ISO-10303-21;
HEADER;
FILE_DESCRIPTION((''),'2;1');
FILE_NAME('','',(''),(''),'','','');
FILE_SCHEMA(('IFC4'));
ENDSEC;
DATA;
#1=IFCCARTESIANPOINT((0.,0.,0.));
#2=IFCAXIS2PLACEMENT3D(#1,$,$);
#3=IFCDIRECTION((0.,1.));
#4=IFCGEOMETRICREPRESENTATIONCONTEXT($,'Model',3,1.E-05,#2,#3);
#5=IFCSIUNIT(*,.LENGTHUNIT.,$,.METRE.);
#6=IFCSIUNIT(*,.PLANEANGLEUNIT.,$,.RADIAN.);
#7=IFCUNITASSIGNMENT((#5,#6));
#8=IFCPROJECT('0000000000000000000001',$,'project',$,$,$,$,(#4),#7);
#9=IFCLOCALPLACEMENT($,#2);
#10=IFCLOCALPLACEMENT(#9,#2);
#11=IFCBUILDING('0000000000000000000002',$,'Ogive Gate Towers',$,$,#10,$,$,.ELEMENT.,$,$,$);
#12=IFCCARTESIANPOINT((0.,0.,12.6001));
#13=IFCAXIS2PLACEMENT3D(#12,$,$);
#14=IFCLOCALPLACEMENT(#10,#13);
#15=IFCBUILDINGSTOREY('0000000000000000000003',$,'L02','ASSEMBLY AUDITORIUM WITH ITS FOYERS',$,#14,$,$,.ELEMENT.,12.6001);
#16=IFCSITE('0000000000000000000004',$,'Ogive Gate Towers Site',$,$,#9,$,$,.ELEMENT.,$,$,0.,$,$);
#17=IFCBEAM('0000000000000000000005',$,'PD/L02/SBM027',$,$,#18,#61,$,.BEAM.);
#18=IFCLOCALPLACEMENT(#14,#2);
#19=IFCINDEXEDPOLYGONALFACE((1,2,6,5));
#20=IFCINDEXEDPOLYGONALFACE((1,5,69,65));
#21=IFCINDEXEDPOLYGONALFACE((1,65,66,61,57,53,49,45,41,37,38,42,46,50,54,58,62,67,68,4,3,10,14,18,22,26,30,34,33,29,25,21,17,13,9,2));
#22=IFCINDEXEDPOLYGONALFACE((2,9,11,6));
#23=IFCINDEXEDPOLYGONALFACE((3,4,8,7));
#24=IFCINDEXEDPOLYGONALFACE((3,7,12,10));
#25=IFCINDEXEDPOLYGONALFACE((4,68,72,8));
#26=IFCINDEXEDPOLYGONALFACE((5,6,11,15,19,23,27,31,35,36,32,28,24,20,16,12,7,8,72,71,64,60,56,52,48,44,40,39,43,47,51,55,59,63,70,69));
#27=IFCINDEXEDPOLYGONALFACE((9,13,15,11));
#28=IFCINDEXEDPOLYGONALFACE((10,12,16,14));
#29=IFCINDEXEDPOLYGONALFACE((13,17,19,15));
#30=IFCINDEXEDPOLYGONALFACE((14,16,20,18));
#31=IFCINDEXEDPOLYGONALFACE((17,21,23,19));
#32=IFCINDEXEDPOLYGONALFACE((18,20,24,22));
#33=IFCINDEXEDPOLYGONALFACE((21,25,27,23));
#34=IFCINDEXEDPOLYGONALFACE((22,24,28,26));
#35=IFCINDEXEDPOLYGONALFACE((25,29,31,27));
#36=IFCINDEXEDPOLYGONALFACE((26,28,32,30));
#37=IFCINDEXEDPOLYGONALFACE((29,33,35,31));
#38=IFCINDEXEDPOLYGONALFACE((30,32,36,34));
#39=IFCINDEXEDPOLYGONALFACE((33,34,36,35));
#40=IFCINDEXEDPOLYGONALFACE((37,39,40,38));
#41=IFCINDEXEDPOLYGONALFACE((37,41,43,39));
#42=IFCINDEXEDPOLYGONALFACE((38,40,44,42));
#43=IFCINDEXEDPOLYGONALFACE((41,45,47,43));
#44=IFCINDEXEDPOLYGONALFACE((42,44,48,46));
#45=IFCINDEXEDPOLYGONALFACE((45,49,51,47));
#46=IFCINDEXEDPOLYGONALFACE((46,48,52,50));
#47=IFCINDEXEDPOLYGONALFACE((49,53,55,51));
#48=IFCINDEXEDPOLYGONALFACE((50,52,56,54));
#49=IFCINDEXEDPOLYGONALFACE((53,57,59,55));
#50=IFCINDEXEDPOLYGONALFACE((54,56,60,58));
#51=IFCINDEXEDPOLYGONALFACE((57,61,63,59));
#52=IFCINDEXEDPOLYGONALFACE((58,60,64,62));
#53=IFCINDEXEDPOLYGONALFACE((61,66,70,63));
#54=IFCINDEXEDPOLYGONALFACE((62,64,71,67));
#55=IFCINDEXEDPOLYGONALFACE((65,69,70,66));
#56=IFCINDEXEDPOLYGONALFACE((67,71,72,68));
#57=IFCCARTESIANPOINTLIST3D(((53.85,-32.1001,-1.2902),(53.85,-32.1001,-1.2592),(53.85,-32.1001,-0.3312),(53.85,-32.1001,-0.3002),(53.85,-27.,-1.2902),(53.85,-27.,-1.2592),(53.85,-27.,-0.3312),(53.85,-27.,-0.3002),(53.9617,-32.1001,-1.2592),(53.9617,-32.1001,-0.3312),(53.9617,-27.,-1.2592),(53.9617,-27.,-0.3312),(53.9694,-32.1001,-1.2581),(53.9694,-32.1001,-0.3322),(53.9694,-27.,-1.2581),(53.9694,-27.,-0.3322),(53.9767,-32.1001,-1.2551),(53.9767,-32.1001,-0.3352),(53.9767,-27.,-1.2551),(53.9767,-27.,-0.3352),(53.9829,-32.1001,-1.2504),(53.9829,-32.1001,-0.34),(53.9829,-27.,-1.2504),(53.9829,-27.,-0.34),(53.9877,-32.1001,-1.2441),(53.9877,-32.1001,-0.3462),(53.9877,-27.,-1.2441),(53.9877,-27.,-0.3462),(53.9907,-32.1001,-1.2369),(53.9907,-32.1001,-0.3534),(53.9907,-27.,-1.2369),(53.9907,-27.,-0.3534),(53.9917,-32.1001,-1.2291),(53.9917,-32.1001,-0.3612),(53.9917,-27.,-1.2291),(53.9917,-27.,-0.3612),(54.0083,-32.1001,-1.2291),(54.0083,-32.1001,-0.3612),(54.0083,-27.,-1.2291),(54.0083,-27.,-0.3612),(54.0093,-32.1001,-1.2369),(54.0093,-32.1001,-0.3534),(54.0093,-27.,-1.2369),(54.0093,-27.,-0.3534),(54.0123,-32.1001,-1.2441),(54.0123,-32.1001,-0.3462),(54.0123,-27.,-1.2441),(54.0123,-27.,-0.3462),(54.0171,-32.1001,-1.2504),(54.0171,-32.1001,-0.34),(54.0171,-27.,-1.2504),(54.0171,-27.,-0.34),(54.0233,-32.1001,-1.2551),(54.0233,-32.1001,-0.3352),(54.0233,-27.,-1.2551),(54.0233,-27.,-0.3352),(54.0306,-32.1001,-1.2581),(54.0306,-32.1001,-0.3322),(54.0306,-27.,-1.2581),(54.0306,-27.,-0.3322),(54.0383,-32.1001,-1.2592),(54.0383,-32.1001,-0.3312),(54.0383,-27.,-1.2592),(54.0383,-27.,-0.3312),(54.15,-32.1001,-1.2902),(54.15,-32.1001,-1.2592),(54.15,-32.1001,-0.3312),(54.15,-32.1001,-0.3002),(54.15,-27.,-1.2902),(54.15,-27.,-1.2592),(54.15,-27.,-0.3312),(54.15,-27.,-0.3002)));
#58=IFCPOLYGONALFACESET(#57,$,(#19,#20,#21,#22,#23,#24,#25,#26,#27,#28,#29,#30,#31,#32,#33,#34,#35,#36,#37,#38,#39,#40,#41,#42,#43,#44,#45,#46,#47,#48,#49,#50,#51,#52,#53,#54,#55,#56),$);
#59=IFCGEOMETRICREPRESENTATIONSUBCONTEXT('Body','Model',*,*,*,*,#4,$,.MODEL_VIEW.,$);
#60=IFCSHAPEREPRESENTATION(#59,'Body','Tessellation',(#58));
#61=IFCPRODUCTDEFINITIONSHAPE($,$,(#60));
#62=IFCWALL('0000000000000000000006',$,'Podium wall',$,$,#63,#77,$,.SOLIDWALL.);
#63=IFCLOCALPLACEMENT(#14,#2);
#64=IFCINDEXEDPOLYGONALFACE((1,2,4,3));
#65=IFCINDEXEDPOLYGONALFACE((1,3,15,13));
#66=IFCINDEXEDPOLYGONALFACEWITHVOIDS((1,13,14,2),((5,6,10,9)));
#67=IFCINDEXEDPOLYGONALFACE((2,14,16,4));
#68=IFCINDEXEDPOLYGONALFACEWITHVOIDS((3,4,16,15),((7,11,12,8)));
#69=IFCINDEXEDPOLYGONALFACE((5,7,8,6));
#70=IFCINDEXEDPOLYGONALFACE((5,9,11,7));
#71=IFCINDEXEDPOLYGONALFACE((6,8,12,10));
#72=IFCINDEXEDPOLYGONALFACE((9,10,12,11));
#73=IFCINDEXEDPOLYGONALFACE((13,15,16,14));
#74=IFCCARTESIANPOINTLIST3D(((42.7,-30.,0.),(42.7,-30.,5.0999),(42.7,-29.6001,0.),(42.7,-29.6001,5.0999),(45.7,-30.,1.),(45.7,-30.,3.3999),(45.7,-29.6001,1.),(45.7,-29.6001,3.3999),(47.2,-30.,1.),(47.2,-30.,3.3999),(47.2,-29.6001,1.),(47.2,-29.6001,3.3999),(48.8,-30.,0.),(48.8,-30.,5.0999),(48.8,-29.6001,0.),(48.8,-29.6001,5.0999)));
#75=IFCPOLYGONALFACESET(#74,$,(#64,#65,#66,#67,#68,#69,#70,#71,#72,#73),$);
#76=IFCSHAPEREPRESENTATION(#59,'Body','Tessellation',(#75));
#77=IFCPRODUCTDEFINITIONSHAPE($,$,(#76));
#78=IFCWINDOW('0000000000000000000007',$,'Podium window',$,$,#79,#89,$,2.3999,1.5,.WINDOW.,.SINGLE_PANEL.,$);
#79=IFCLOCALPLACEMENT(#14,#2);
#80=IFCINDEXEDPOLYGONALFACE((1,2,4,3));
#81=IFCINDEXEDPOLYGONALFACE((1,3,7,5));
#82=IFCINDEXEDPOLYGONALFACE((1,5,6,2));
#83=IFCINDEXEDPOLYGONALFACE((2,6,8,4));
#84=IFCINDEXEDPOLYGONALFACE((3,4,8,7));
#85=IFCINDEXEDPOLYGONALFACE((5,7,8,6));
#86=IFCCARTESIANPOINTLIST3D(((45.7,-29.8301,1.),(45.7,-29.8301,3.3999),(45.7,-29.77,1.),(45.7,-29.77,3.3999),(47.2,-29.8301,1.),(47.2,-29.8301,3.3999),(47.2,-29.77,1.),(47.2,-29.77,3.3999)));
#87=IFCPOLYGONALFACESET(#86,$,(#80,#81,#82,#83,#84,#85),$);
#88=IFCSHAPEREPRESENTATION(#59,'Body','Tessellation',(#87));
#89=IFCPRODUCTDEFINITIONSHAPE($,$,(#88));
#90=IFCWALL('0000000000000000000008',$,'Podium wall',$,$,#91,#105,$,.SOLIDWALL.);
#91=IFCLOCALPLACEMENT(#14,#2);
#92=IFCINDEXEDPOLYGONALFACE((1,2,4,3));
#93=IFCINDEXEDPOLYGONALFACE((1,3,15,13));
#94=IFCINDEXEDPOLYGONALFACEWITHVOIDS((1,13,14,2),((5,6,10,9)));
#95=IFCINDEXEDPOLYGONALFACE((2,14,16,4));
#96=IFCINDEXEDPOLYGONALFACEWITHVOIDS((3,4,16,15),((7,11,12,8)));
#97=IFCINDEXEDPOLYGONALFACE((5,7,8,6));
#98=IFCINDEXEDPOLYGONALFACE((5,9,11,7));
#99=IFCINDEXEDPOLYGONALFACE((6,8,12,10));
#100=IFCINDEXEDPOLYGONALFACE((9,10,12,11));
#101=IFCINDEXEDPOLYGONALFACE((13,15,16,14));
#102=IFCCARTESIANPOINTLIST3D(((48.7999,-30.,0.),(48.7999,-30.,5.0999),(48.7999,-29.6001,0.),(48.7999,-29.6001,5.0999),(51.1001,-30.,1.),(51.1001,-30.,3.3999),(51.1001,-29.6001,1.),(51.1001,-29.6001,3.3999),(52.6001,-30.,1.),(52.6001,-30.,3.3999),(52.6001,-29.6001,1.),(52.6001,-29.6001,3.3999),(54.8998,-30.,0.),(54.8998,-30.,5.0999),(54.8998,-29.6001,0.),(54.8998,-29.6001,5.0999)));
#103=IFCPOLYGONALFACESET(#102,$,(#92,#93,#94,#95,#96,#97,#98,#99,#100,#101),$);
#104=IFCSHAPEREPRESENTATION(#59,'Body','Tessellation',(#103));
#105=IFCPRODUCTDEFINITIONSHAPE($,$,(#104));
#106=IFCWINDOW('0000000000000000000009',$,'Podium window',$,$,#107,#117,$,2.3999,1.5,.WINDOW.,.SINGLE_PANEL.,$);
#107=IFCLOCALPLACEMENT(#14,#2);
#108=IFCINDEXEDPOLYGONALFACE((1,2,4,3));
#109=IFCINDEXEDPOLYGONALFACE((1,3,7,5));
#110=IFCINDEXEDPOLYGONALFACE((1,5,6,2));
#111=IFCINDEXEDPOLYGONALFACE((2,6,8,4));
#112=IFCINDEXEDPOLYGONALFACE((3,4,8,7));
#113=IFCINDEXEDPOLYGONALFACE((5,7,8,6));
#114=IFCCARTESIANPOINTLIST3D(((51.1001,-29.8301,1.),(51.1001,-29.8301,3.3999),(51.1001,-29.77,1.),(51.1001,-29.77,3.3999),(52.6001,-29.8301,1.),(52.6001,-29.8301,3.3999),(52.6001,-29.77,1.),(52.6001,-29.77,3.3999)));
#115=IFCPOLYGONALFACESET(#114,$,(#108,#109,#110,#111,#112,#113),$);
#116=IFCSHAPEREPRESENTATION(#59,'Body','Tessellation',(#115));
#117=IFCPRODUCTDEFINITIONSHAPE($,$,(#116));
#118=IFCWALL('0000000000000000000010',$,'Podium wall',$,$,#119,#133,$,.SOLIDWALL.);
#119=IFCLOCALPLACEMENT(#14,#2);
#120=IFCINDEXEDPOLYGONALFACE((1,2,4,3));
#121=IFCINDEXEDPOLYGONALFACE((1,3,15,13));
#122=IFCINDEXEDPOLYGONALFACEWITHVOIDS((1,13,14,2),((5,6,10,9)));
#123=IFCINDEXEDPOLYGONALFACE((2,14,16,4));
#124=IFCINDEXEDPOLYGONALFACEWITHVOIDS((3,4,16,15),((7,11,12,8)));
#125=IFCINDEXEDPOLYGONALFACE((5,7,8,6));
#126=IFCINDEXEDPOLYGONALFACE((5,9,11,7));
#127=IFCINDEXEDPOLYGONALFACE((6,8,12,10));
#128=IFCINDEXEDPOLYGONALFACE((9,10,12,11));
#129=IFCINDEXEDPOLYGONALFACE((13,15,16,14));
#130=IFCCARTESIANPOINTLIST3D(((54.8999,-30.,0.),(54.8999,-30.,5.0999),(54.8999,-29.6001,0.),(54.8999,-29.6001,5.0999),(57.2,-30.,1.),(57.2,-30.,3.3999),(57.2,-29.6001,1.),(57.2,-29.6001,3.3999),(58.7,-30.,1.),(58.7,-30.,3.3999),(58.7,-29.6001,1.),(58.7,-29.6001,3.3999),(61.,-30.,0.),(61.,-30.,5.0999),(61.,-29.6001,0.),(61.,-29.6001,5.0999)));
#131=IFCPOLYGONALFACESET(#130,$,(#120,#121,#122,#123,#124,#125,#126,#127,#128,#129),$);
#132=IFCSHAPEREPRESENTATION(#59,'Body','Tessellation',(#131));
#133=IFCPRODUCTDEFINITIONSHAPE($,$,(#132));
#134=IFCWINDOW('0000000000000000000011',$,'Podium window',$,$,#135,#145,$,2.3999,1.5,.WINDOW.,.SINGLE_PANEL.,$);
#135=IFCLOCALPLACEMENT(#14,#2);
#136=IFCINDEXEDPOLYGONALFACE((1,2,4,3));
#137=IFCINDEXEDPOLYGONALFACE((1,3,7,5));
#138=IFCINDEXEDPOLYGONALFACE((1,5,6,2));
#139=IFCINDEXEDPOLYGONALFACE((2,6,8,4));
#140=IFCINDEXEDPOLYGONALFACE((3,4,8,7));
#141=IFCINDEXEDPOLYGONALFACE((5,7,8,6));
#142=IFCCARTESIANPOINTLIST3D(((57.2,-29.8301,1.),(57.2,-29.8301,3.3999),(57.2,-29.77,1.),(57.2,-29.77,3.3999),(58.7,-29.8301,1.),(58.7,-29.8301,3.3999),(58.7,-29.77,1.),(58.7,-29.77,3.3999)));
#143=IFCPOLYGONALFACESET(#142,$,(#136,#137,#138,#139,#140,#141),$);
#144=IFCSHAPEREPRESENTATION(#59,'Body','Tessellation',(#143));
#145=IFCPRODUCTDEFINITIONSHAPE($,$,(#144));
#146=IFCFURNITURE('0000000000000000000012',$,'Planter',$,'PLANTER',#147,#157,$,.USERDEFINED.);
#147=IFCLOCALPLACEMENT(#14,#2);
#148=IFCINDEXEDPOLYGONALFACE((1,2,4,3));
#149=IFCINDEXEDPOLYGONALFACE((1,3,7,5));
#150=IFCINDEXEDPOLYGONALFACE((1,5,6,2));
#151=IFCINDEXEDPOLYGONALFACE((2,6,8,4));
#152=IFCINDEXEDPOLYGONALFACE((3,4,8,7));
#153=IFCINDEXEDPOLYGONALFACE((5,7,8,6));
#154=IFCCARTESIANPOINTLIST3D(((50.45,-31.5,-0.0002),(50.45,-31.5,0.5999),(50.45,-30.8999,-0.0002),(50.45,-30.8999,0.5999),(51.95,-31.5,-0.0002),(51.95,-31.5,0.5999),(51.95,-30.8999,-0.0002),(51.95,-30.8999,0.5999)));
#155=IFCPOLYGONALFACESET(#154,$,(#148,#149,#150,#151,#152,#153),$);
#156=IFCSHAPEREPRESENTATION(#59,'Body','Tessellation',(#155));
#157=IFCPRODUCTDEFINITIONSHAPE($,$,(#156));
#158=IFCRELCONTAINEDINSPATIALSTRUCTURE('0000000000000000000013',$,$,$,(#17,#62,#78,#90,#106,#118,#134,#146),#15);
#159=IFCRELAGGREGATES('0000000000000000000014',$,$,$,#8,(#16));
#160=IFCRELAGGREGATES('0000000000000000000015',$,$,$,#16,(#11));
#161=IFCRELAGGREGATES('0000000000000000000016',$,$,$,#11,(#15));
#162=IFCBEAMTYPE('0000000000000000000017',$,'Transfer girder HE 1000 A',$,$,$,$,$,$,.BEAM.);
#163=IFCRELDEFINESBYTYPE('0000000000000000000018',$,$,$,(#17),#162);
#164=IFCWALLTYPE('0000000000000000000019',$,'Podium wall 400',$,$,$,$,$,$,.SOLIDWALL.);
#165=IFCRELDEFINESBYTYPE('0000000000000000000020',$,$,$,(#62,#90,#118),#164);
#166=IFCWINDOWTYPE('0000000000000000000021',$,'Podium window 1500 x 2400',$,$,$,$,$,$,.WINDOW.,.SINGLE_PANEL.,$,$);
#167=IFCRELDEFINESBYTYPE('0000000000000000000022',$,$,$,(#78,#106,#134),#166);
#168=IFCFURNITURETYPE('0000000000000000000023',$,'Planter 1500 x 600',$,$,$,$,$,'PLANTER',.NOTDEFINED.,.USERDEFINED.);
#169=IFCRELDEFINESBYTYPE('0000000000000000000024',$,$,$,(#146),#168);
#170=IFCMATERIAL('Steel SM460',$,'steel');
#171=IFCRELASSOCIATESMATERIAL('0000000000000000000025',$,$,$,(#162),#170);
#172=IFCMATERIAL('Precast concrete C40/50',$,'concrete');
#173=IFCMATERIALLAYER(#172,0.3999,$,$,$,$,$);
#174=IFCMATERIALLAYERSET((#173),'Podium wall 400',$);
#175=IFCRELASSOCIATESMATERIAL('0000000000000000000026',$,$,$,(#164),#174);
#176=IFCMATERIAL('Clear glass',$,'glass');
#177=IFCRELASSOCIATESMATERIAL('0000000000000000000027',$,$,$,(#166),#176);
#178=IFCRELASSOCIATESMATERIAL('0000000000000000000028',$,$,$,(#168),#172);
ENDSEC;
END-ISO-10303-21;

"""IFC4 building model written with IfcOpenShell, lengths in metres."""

from ifc_helpers import new_model, si_unit, direction, frame, frame_2d, origin, origin_2d, place, context, subcontext, project, spatial, rectangle, i_section, extrude, material, layer, layer_set, material_profile, profile_set, type_object, element, fill, save


model = new_model("IFC4")

# Units and contexts
model_context = context("Model", 3, precision=1e-05, world=origin(), true_north=direction((0.0, 1.0)))
body_context = subcontext(model_context, "Body", "Model", "MODEL_VIEW")
ifc_project = project(units=[si_unit("LENGTHUNIT", "METRE"), si_unit("PLANEANGLEUNIT", "RADIAN")], contexts=[model_context])

# Site, building, storey
site_placement = place(None, origin())
site = spatial("IfcSite", under=ifc_project, at=site_placement, Name="Ogive Gate Towers Site", CompositionType="ELEMENT", RefElevation=0.0)
building_placement = place(site_placement, origin())
building = spatial("IfcBuilding", under=site, at=building_placement, Name="Ogive Gate Towers", CompositionType="ELEMENT")
storey_placement = place(building_placement, frame((0.0, 0.0, 12.6001)))
storey = spatial("IfcBuildingStorey", under=building, at=storey_placement, Name="L02", Description="ASSEMBLY AUDITORIUM WITH ITS FOYERS", CompositionType="ELEMENT", Elevation=12.6001)

# Beam
ifc_material_1 = material(Name="Steel SM460", Category="steel")
ifc_material_profile_1 = material_profile(ifc_material_1, i_section(OverallWidth=0.3, OverallDepth=0.99, WebThickness=0.0166, FlangeThickness=0.031, FilletRadius=0.03, at=origin_2d()), Name="HE 1000 A")
ifc_profile_set_1 = profile_set([ifc_material_profile_1], Name="Steel SM460")
beam_type_1 = type_object("IfcBeamType", Name="Transfer girder HE 1000 A", PredefinedType="BEAM", material=ifc_profile_set_1)
for number, where, z_axis, x_axis, name in (
    (1, (54.0, -32.1001, -0.7952), (0.0, 1.0, 0.0), (-1.0, 0.0, 0.0), "PD/L02/SBM027"),
):
    element("IfcBeam", number, at=place(storey_placement, frame(where, z_axis=z_axis, x_axis=x_axis)), inside=storey, type_object=beam_type_1, Name=name, PredefinedType="BEAM", context=body_context, shape_type="SweptSolid", body=[
        extrude(i_section(OverallWidth=0.3, OverallDepth=0.99, WebThickness=0.0166, FlangeThickness=0.031, FilletRadius=0.03, at=origin_2d()), origin(), (0.0, 0.0, 1.0), 5.1001),
    ])

# Walls, openings, windows
ifc_material_2 = material(Name="Precast concrete C40/50", Category="concrete")
ifc_layer = layer(ifc_material_2, 0.3999)
ifc_layer_set = layer_set([ifc_layer], Name="Podium wall 400")
wall_type = type_object("IfcWallType", Name="Podium wall 400", PredefinedType="SOLIDWALL", material=ifc_layer_set)
wall_1_placement = place(storey_placement, frame((42.7, -29.8, 0.0), z_axis=(0.0, 0.0, 1.0), x_axis=(1.0, 0.0, 0.0)))
wall_1 = element("IfcWall", 2, at=wall_1_placement, inside=storey, type_object=wall_type, Name="Podium wall", PredefinedType="SOLIDWALL", context=body_context, shape_type="SweptSolid", body=[
    extrude(rectangle(XDim=6.1001, YDim=0.3999, at=frame_2d((3.05, 0.0))), origin(), (0.0, 0.0, 1.0), 5.0999),
])
opening_1_placement = place(wall_1_placement, frame((3.0, 0.0, 1.0)))
opening_1 = element("IfcOpeningElement", 3, at=opening_1_placement, cuts=wall_1, PredefinedType="OPENING", context=body_context, shape_type="SweptSolid", body=[
    extrude(rectangle(XDim=1.5, YDim=2.3999, at=frame_2d((0.75, 1.2))), frame((0.0, 0.21, 0.0), z_axis=(0.0, -1.0, 0.0), x_axis=(1.0, 0.0, 0.0)), (0.0, 0.0, 1.0), 0.4199),
])
ifc_material_3 = material(Name="Clear glass", Category="glass")
window_type = type_object("IfcWindowType", Name="Podium window 1500 x 2400", PartitioningType="SINGLE_PANEL", PredefinedType="WINDOW", material=ifc_material_3)
window_1_placement = place(opening_1_placement, origin())
window_1 = element("IfcWindow", 4, at=window_1_placement, inside=storey, type_object=window_type, Name="Podium window", OverallHeight=2.3999, OverallWidth=1.5, PartitioningType="SINGLE_PANEL", PredefinedType="WINDOW", context=body_context, shape_type="SweptSolid", body=[
    extrude(rectangle(XDim=1.5, YDim=2.3999, at=frame_2d((0.75, 1.2))), frame((0.0, 0.03, 0.0), z_axis=(0.0, -1.0, 0.0), x_axis=(1.0, 0.0, 0.0)), (0.0, 0.0, 1.0), 0.0601),
])
fill(opening_1, window_1)
wall_2_placement = place(storey_placement, frame((48.8, -29.8, 0.0), z_axis=(0.0, 0.0, 1.0), x_axis=(1.0, 0.0, 0.0)))
wall_2 = element("IfcWall", 5, at=wall_2_placement, inside=storey, type_object=wall_type, Name="Podium wall", PredefinedType="SOLIDWALL", context=body_context, shape_type="SweptSolid", body=[
    extrude(rectangle(XDim=6.0999, YDim=0.3999, at=frame_2d((3.0498, 0.0))), origin(), (0.0, 0.0, 1.0), 5.0999),
])
opening_2_placement = place(wall_2_placement, frame((2.3, 0.0, 1.0)))
opening_2 = element("IfcOpeningElement", 6, at=opening_2_placement, cuts=wall_2, PredefinedType="OPENING", context=body_context, shape_type="SweptSolid", body=[
    extrude(rectangle(XDim=1.5, YDim=2.3999, at=frame_2d((0.75, 1.2))), frame((0.0, 0.21, 0.0), z_axis=(0.0, -1.0, 0.0), x_axis=(1.0, 0.0, 0.0)), (0.0, 0.0, 1.0), 0.4199),
])
window_2_placement = place(opening_2_placement, origin())
window_2 = element("IfcWindow", 7, at=window_2_placement, inside=storey, type_object=window_type, Name="Podium window", OverallHeight=2.3999, OverallWidth=1.5, PartitioningType="SINGLE_PANEL", PredefinedType="WINDOW", context=body_context, shape_type="SweptSolid", body=[
    extrude(rectangle(XDim=1.5, YDim=2.3999, at=frame_2d((0.75, 1.2))), frame((0.0, 0.03, 0.0), z_axis=(0.0, -1.0, 0.0), x_axis=(1.0, 0.0, 0.0)), (0.0, 0.0, 1.0), 0.0601),
])
fill(opening_2, window_2)
wall_3_placement = place(storey_placement, frame((54.8999, -29.8, 0.0), z_axis=(0.0, 0.0, 1.0), x_axis=(1.0, 0.0, 0.0)))
wall_3 = element("IfcWall", 8, at=wall_3_placement, inside=storey, type_object=wall_type, Name="Podium wall", PredefinedType="SOLIDWALL", context=body_context, shape_type="SweptSolid", body=[
    extrude(rectangle(XDim=6.1001, YDim=0.3999, at=frame_2d((3.05, 0.0))), origin(), (0.0, 0.0, 1.0), 5.0999),
])
opening_3_placement = place(wall_3_placement, frame((2.3, 0.0, 1.0)))
opening_3 = element("IfcOpeningElement", 9, at=opening_3_placement, cuts=wall_3, PredefinedType="OPENING", context=body_context, shape_type="SweptSolid", body=[
    extrude(rectangle(XDim=1.5, YDim=2.3999, at=frame_2d((0.75, 1.2))), frame((0.0, 0.21, 0.0), z_axis=(0.0, -1.0, 0.0), x_axis=(1.0, 0.0, 0.0)), (0.0, 0.0, 1.0), 0.4199),
])
window_3_placement = place(opening_3_placement, origin())
window_3 = element("IfcWindow", 10, at=window_3_placement, inside=storey, type_object=window_type, Name="Podium window", OverallHeight=2.3999, OverallWidth=1.5, PartitioningType="SINGLE_PANEL", PredefinedType="WINDOW", context=body_context, shape_type="SweptSolid", body=[
    extrude(rectangle(XDim=1.5, YDim=2.3999, at=frame_2d((0.75, 1.2))), frame((0.0, 0.03, 0.0), z_axis=(0.0, -1.0, 0.0), x_axis=(1.0, 0.0, 0.0)), (0.0, 0.0, 1.0), 0.0601),
])
fill(opening_3, window_3)

# Furniture
furniture_type = type_object("IfcFurnitureType", Name="Planter 1500 x 600", ElementType="PLANTER", AssemblyPlace="NOTDEFINED", PredefinedType="USERDEFINED", material=ifc_material_2)
furniture_placement = place(storey_placement, frame((51.2, -31.2, -0.0002), z_axis=(0.0, 0.0, 1.0), x_axis=(1.0, 0.0, 0.0)))
element("IfcFurniture", 11, at=furniture_placement, inside=storey, type_object=furniture_type, Name="Planter", ObjectType="PLANTER", PredefinedType="USERDEFINED", context=body_context, shape_type="SweptSolid", body=[
    extrude(rectangle(XDim=1.5, YDim=0.6001, at=origin_2d()), origin(), (0.0, 0.0, 1.0), 0.6001),
])

save(model, "model.ifc")
